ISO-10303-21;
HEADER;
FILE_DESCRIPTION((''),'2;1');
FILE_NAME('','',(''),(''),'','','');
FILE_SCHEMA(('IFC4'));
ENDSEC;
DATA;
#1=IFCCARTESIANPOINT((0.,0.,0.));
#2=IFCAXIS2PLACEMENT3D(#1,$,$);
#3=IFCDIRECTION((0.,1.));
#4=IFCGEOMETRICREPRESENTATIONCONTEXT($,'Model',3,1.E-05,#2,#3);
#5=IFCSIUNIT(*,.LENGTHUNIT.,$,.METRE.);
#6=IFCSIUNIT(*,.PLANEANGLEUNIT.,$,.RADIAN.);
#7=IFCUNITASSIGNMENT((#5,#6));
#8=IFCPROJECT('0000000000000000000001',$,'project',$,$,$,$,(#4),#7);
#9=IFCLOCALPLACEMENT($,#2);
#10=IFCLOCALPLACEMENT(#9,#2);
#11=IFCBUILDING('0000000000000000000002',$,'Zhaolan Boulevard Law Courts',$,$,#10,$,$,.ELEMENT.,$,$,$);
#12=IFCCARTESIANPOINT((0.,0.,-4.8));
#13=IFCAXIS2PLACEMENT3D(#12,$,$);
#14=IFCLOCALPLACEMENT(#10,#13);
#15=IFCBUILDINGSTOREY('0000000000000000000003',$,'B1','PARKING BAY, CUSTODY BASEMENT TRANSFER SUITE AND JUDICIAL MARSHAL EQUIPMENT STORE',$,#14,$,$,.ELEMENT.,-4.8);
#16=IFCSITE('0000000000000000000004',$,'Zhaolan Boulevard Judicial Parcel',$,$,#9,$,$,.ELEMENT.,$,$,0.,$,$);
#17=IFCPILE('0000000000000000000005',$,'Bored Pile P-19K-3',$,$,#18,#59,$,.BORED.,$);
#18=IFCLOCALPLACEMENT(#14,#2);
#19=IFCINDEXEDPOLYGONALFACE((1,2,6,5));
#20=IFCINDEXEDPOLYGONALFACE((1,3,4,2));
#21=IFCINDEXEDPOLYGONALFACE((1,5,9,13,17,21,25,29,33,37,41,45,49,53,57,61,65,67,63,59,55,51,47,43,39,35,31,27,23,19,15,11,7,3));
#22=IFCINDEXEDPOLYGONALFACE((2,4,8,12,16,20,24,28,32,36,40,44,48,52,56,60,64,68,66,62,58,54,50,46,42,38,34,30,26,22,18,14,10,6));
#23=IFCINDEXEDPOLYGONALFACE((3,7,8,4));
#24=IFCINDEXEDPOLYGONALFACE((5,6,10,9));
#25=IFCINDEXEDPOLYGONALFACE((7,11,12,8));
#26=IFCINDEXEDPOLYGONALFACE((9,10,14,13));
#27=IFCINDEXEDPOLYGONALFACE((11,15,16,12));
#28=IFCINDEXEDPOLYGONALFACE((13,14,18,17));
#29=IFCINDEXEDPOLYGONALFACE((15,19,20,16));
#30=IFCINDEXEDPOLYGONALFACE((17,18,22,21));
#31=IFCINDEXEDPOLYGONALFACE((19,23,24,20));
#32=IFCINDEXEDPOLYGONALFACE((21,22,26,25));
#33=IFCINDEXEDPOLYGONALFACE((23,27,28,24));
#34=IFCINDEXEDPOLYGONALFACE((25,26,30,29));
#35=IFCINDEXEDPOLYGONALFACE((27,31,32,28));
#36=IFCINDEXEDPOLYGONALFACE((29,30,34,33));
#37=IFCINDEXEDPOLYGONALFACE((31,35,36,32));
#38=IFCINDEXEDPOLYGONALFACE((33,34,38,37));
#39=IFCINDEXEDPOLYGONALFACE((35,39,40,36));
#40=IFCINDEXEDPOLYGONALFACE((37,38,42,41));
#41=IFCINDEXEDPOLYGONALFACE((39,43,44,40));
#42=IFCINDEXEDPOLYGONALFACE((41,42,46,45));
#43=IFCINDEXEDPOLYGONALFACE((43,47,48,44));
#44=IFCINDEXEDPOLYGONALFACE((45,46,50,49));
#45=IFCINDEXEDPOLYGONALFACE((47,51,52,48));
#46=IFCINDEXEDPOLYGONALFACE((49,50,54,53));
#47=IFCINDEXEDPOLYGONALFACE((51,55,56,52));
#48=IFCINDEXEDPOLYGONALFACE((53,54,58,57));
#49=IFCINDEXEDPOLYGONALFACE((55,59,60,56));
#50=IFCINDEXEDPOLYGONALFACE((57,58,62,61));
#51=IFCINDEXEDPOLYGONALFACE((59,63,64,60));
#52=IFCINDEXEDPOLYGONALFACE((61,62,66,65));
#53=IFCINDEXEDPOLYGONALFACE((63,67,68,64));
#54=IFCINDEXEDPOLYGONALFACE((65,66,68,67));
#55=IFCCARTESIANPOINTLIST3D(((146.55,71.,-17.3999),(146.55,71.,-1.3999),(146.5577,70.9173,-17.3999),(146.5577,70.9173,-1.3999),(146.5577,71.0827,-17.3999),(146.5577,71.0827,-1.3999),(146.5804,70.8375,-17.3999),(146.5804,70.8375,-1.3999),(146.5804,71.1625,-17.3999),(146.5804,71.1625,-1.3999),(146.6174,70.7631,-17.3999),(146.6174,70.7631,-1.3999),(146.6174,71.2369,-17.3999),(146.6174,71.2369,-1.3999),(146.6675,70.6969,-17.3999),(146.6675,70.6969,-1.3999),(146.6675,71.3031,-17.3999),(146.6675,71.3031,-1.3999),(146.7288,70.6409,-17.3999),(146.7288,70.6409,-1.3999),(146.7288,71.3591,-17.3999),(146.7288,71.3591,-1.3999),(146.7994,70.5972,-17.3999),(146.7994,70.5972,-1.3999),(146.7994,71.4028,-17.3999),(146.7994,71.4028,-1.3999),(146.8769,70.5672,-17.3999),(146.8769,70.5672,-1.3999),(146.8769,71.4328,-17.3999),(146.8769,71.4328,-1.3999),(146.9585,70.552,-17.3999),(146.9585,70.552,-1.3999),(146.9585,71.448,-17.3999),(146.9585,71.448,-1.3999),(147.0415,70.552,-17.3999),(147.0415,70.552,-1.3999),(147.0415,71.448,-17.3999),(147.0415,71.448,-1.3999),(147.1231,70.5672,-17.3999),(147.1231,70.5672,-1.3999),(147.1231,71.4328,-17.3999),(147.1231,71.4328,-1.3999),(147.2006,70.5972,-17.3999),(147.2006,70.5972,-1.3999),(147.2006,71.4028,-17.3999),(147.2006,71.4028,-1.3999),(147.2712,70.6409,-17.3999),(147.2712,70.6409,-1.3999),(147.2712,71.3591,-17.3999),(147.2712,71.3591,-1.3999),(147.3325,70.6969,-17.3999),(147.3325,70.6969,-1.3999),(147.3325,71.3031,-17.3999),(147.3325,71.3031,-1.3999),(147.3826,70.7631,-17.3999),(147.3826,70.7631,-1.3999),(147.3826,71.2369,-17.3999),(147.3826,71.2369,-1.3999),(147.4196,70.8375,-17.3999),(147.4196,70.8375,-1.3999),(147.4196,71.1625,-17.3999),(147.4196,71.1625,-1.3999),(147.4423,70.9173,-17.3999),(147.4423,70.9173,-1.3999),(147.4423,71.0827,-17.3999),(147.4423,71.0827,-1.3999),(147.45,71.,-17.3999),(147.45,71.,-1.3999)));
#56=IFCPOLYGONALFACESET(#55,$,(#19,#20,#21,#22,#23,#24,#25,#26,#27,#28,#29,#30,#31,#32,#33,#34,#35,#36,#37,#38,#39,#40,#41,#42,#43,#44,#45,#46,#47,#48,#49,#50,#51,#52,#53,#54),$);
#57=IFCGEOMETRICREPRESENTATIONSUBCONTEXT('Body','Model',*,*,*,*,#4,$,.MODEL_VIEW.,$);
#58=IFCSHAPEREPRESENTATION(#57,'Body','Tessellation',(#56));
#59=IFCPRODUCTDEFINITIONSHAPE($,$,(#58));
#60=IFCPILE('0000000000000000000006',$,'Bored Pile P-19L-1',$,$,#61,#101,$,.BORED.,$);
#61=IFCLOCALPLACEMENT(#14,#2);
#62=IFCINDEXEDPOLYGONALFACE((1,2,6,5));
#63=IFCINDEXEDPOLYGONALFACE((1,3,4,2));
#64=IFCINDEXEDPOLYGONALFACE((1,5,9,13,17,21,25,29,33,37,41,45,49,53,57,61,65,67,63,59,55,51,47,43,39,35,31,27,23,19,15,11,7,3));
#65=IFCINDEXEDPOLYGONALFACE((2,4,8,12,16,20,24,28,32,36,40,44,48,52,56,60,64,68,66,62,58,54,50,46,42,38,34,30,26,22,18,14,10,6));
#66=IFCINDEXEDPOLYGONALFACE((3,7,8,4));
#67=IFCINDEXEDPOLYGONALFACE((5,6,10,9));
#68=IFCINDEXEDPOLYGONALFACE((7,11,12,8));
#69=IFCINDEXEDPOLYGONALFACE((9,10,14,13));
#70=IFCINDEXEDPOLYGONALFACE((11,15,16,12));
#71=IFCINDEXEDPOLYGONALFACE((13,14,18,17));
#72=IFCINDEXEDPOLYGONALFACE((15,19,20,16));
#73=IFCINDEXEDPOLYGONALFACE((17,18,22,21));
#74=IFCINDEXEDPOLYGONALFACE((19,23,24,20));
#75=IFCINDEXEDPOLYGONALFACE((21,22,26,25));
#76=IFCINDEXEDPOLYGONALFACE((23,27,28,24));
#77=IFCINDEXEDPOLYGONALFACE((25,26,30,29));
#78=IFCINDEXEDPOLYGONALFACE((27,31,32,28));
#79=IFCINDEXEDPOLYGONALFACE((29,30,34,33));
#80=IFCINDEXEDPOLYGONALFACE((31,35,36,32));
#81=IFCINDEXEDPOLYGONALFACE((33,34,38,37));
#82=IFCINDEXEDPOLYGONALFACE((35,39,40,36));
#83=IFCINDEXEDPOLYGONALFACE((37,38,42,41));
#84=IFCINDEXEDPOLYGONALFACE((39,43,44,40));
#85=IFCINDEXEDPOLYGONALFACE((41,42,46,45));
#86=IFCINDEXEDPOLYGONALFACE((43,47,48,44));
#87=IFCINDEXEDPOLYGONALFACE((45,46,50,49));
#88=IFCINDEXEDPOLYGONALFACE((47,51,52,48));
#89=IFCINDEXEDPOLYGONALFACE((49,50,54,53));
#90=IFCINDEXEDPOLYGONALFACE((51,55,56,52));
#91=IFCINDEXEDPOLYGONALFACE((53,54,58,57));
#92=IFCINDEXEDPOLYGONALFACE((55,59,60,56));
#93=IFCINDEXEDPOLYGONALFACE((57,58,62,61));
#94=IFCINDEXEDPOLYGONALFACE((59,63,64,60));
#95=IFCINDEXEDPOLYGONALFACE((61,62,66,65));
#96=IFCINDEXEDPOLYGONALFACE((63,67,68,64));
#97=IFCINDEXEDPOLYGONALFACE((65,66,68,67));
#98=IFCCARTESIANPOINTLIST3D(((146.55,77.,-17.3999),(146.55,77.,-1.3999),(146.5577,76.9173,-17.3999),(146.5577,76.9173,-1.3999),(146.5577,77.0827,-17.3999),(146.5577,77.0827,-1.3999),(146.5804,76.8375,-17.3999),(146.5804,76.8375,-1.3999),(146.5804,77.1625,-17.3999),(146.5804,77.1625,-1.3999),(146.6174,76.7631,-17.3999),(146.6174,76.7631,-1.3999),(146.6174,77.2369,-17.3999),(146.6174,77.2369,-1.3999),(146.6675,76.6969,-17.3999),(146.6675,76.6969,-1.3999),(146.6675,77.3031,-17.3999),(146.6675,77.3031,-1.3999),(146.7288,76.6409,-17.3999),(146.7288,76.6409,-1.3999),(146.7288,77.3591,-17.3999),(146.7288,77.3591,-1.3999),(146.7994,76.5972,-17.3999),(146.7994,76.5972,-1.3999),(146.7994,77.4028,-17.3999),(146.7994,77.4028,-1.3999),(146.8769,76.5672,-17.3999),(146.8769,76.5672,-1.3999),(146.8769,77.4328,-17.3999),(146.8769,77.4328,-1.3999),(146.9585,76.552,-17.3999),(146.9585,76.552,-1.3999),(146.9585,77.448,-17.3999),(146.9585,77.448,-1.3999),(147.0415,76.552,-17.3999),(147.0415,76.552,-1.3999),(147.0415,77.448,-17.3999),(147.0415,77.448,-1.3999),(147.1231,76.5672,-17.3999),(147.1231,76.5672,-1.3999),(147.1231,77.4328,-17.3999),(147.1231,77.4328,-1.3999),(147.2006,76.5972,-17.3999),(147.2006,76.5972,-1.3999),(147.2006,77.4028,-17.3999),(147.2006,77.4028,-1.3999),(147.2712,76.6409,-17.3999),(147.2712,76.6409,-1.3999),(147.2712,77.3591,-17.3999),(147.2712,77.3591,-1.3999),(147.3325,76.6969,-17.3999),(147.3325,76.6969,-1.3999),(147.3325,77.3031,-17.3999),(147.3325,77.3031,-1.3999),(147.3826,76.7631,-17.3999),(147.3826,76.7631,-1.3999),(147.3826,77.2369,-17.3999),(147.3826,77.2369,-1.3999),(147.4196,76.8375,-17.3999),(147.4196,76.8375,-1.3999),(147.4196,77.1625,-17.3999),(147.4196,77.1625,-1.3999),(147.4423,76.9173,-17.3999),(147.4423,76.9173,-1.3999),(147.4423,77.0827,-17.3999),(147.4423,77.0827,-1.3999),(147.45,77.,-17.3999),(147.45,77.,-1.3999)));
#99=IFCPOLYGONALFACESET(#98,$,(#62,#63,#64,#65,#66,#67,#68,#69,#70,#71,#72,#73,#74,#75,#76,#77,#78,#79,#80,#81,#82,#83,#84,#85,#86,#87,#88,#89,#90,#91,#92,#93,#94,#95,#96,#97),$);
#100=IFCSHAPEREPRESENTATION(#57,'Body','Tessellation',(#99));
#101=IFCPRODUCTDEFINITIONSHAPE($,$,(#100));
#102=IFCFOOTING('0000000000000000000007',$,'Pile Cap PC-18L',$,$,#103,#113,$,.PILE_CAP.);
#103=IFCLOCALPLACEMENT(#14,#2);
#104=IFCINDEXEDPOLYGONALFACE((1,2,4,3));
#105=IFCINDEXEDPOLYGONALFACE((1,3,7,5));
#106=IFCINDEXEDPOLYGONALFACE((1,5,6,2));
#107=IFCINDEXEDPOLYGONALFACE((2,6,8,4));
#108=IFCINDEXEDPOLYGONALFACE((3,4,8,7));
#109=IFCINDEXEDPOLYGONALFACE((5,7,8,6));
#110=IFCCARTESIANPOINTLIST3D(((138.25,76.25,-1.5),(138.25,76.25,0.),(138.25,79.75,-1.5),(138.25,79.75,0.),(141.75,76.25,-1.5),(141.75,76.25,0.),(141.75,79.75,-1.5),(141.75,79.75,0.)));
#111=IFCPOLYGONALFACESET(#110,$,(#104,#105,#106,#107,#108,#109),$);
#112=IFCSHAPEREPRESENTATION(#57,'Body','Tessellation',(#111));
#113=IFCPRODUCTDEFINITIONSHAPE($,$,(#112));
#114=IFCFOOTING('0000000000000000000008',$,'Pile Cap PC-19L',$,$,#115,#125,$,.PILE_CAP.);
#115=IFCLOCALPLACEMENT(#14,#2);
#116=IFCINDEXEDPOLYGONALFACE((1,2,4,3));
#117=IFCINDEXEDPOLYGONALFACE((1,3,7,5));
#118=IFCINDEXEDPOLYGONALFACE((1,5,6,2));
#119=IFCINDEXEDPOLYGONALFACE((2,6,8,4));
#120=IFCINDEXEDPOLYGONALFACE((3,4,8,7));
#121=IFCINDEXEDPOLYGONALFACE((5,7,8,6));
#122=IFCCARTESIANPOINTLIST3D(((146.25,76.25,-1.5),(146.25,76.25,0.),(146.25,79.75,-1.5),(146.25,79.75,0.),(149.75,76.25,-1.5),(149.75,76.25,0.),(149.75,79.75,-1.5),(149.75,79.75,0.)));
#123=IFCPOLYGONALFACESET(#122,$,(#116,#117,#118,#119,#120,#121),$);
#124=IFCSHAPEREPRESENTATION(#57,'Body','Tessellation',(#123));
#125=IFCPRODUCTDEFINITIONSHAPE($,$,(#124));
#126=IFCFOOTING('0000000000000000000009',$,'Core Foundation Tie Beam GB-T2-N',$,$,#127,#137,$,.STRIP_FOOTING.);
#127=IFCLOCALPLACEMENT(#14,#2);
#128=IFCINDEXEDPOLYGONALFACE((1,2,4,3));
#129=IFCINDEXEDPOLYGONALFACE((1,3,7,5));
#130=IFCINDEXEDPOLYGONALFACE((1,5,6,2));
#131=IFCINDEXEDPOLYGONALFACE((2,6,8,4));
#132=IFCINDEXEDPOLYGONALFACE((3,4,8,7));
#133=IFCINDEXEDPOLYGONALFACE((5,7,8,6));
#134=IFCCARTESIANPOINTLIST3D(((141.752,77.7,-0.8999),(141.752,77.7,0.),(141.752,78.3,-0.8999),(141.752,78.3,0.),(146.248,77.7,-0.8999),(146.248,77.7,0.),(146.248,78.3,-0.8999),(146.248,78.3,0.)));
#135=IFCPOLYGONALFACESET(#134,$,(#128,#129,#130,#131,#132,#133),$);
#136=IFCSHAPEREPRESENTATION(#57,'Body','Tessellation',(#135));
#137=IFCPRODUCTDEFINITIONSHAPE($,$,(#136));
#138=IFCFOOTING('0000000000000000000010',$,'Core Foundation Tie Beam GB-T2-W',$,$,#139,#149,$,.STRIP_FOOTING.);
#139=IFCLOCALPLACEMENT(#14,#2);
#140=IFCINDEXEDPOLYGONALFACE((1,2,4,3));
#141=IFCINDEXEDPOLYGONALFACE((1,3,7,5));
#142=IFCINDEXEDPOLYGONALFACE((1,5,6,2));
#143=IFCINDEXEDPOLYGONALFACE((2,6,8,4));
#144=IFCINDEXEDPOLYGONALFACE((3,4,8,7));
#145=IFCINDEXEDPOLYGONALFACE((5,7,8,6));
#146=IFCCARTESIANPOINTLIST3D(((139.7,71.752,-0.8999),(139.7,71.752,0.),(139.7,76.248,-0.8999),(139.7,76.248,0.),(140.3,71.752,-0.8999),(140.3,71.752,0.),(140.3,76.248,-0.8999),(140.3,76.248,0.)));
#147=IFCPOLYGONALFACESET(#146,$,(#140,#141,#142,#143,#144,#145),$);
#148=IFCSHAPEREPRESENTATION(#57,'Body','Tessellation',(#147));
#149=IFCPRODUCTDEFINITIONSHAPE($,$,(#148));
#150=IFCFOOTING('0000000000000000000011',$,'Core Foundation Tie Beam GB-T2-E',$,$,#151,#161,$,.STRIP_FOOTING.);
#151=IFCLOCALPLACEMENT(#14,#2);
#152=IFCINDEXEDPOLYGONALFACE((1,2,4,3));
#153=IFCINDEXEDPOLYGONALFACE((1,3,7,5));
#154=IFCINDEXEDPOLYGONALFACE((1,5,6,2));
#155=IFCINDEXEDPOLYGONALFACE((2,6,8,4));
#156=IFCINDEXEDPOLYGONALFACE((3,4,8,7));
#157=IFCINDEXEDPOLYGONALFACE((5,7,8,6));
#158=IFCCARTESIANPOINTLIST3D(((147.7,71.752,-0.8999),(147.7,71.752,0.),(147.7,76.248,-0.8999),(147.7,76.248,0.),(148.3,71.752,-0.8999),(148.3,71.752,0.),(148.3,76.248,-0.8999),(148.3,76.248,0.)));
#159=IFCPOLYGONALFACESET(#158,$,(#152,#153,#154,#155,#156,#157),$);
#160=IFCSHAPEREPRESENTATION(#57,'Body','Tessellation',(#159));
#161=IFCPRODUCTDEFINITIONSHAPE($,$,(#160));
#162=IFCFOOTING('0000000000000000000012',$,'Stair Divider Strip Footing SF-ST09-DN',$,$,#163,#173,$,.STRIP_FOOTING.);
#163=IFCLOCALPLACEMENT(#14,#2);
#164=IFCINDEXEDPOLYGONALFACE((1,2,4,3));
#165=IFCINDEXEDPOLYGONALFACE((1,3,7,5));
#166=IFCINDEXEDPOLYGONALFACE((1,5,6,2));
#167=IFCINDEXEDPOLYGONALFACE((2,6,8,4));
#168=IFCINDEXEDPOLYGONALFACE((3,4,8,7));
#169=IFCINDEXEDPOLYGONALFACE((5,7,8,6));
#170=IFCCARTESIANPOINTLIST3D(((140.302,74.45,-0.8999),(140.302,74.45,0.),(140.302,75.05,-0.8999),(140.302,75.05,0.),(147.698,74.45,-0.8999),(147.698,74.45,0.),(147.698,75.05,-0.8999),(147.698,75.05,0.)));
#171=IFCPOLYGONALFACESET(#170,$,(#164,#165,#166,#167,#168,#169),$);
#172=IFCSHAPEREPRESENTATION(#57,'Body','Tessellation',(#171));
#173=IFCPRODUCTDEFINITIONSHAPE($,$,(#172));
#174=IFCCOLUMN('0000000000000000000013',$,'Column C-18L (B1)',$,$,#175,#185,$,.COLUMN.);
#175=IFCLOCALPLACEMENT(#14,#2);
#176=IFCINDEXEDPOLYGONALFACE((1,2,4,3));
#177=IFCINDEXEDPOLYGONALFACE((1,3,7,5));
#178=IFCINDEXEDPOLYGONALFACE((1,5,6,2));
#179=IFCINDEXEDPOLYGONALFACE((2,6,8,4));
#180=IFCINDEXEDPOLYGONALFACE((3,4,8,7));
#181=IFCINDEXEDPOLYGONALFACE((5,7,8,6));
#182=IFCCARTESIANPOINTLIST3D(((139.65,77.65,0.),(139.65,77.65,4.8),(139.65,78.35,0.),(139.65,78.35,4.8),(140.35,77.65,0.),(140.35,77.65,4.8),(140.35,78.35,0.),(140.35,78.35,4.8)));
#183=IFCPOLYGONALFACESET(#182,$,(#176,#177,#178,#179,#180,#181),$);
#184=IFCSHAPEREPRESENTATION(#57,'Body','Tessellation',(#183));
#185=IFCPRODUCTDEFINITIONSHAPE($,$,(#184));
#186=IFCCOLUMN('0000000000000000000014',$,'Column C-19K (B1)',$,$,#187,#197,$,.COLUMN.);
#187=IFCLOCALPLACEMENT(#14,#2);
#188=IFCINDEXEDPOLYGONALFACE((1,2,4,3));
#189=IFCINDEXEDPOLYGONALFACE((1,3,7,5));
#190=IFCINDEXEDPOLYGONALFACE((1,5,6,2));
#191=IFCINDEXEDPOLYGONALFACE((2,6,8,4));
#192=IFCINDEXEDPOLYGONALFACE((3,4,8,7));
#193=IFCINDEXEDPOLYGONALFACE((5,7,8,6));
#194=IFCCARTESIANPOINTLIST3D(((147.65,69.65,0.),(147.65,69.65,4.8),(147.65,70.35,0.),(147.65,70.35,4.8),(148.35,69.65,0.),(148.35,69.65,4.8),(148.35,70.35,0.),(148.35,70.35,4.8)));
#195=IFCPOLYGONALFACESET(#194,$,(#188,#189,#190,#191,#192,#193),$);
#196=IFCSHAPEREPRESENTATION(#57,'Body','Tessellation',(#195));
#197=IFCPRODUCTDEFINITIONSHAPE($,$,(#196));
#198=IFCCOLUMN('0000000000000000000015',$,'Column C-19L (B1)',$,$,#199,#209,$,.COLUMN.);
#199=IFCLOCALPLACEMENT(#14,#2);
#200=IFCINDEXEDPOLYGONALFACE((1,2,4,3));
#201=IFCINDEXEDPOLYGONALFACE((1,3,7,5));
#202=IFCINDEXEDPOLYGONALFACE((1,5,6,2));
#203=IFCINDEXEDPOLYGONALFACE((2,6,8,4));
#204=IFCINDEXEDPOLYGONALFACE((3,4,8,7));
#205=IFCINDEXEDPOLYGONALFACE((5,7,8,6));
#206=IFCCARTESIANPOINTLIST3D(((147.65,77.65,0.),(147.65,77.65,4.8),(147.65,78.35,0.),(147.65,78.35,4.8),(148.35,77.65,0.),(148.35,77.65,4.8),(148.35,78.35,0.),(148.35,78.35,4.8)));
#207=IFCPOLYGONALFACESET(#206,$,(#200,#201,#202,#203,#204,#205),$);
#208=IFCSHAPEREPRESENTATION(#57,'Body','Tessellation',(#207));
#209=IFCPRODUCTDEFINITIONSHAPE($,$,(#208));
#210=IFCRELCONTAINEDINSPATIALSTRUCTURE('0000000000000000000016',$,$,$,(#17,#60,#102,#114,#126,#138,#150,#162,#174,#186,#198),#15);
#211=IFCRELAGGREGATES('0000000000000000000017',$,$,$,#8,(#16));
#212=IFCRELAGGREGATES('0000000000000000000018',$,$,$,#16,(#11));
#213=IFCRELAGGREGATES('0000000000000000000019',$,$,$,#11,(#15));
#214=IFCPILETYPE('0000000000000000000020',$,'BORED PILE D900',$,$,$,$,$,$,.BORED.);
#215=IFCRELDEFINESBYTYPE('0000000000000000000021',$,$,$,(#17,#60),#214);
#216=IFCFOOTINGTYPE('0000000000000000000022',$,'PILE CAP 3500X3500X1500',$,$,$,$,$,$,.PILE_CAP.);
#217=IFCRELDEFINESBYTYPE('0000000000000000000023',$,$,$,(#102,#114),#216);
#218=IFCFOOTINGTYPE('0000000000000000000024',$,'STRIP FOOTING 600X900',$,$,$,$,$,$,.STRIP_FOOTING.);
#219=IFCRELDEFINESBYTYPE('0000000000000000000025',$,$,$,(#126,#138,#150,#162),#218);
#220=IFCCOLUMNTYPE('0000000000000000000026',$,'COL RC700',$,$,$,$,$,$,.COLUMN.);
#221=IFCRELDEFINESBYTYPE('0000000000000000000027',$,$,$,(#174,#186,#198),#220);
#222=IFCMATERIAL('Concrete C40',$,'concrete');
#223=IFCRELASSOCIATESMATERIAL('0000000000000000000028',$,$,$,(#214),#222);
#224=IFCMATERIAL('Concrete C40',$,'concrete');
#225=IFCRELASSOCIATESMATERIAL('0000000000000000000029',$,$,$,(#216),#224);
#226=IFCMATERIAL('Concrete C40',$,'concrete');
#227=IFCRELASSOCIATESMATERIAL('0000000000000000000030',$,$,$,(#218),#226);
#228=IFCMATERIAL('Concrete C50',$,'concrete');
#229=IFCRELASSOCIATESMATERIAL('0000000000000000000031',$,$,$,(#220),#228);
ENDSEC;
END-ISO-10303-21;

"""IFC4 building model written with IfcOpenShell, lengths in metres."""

from ifc_helpers import new_model, si_unit, direction, frame, origin, origin_2d, place, context, subcontext, project, spatial, rectangle, circle, extrude, material, material_profile, profile_set, type_object, element, save


model = new_model("IFC4")

# Units and contexts
model_context = context("Model", 3, precision=1e-05, world=origin(), true_north=direction((0.0, 1.0)))
body_context = subcontext(model_context, "Body", "Model", "MODEL_VIEW")
ifc_project = project(units=[si_unit("LENGTHUNIT", "METRE"), si_unit("PLANEANGLEUNIT", "RADIAN")], contexts=[model_context])

# Site, building, storey
site_placement = place(None, origin())
site = spatial("IfcSite", under=ifc_project, at=site_placement, Name="Zhaolan Boulevard Judicial Parcel", CompositionType="ELEMENT", RefElevation=0.0)
building_placement = place(site_placement, origin())
building = spatial("IfcBuilding", under=site, at=building_placement, Name="Zhaolan Boulevard Law Courts", CompositionType="ELEMENT")
storey_placement = place(building_placement, frame((0.0, 0.0, -4.8)))
storey = spatial("IfcBuildingStorey", under=building, at=storey_placement, Name="B1", Description="PARKING BAY, CUSTODY BASEMENT TRANSFER SUITE AND JUDICIAL MARSHAL EQUIPMENT STORE", CompositionType="ELEMENT", Elevation=-4.8)

# Piles
ifc_material_1 = material(Name="Concrete C40", Category="concrete")
ifc_material_profile_1 = material_profile(ifc_material_1, circle(Radius=0.45, at=origin_2d()), Name="PILE-D900")
ifc_profile_set_1 = profile_set([ifc_material_profile_1], Name="Concrete C40")
pile_type = type_object("IfcPileType", Name="BORED PILE D900", PredefinedType="BORED", material=ifc_profile_set_1)
for number, where, z_axis, x_axis, name in (
    (1, (147.0, 71.0, -1.3999), (0.0, 0.0, -1.0), (1.0, 0.0, 0.0), "Bored Pile P-19K-3"),
    (2, (147.0, 77.0, -1.3999), (0.0, 0.0, -1.0), (1.0, 0.0, 0.0), "Bored Pile P-19L-1"),
):
    element("IfcPile", number, at=place(storey_placement, frame(where, z_axis=z_axis, x_axis=x_axis)), inside=storey, type_object=pile_type, Name=name, PredefinedType="BORED", context=body_context, shape_type="SweptSolid", body=[
        extrude(circle(Radius=0.45, at=origin_2d()), origin(), (0.0, 0.0, 1.0), 16.0),
    ])

# Footings
ifc_material_2 = material(Name="Concrete C40", Category="concrete")
footing_type_1 = type_object("IfcFootingType", Name="PILE CAP 3500X3500X1500", PredefinedType="PILE_CAP", material=ifc_material_2)
for number, where, z_axis, x_axis, name in (
    (3, (140.0, 78.0, -1.5), (0.0, 0.0, 1.0), (1.0, 0.0, 0.0), "Pile Cap PC-18L"),
    (4, (148.0, 78.0, -1.5), (0.0, 0.0, 1.0), (1.0, 0.0, 0.0), "Pile Cap PC-19L"),
):
    element("IfcFooting", number, at=place(storey_placement, frame(where, z_axis=z_axis, x_axis=x_axis)), inside=storey, type_object=footing_type_1, Name=name, PredefinedType="PILE_CAP", context=body_context, shape_type="SweptSolid", body=[
        extrude(rectangle(XDim=3.5, YDim=3.5, at=origin_2d()), origin(), (0.0, 0.0, 1.0), 1.5),
    ])
ifc_material_3 = material(Name="Concrete C40", Category="concrete")
ifc_material_profile_2 = material_profile(ifc_material_3, rectangle(XDim=0.6001, YDim=0.8999, at=origin_2d()), Name="RC600x900")
ifc_profile_set_2 = profile_set([ifc_material_profile_2], Name="Concrete C40")
footing_type_2 = type_object("IfcFootingType", Name="STRIP FOOTING 600X900", PredefinedType="STRIP_FOOTING", material=ifc_profile_set_2)
for number, where, z_axis, x_axis, name in (
    (5, (141.752, 78.0, -0.45), (1.0, 0.0, 0.0), (0.0, 1.0, 0.0), "Core Foundation Tie Beam GB-T2-N"),
    (6, (140.0, 71.752, -0.45), (0.0, 1.0, 0.0), (-1.0, 0.0, 0.0), "Core Foundation Tie Beam GB-T2-W"),
    (7, (148.0, 71.752, -0.45), (0.0, 1.0, 0.0), (-1.0, 0.0, 0.0), "Core Foundation Tie Beam GB-T2-E"),
):
    element("IfcFooting", number, at=place(storey_placement, frame(where, z_axis=z_axis, x_axis=x_axis)), inside=storey, type_object=footing_type_2, Name=name, PredefinedType="STRIP_FOOTING", context=body_context, shape_type="SweptSolid", body=[
        extrude(rectangle(XDim=0.6001, YDim=0.8999, at=origin_2d()), origin(), (0.0, 0.0, 1.0), 4.4961),
    ])
footing_placement = place(storey_placement, frame((140.302, 74.75, -0.45), z_axis=(1.0, 0.0, 0.0), x_axis=(0.0, 1.0, 0.0)))
element("IfcFooting", 8, at=footing_placement, inside=storey, type_object=footing_type_2, Name="Stair Divider Strip Footing SF-ST09-DN", PredefinedType="STRIP_FOOTING", context=body_context, shape_type="SweptSolid", body=[
    extrude(rectangle(XDim=0.6001, YDim=0.8999, at=origin_2d()), origin(), (0.0, 0.0, 1.0), 7.396),
])

# Columns
ifc_material_4 = material(Name="Concrete C50", Category="concrete")
ifc_material_profile_3 = material_profile(ifc_material_4, rectangle(XDim=0.7, YDim=0.7, at=origin_2d()), Name="RC700x700")
ifc_profile_set_3 = profile_set([ifc_material_profile_3], Name="Concrete C50")
column_type = type_object("IfcColumnType", Name="COL RC700", PredefinedType="COLUMN", material=ifc_profile_set_3)
for number, where, z_axis, x_axis, name in (
    (9, (140.0, 78.0, 0.0), (0.0, 0.0, 1.0), (1.0, 0.0, 0.0), "Column C-18L (B1)"),
    (10, (148.0, 70.0, 0.0), (0.0, 0.0, 1.0), (1.0, 0.0, 0.0), "Column C-19K (B1)"),
    (11, (148.0, 78.0, 0.0), (0.0, 0.0, 1.0), (1.0, 0.0, 0.0), "Column C-19L (B1)"),
):
    element("IfcColumn", number, at=place(storey_placement, frame(where, z_axis=z_axis, x_axis=x_axis)), inside=storey, type_object=column_type, Name=name, PredefinedType="COLUMN", context=body_context, shape_type="SweptSolid", body=[
        extrude(rectangle(XDim=0.7, YDim=0.7, at=origin_2d()), origin(), (0.0, 0.0, 1.0), 4.8),
    ])

save(model, "model.ifc")
